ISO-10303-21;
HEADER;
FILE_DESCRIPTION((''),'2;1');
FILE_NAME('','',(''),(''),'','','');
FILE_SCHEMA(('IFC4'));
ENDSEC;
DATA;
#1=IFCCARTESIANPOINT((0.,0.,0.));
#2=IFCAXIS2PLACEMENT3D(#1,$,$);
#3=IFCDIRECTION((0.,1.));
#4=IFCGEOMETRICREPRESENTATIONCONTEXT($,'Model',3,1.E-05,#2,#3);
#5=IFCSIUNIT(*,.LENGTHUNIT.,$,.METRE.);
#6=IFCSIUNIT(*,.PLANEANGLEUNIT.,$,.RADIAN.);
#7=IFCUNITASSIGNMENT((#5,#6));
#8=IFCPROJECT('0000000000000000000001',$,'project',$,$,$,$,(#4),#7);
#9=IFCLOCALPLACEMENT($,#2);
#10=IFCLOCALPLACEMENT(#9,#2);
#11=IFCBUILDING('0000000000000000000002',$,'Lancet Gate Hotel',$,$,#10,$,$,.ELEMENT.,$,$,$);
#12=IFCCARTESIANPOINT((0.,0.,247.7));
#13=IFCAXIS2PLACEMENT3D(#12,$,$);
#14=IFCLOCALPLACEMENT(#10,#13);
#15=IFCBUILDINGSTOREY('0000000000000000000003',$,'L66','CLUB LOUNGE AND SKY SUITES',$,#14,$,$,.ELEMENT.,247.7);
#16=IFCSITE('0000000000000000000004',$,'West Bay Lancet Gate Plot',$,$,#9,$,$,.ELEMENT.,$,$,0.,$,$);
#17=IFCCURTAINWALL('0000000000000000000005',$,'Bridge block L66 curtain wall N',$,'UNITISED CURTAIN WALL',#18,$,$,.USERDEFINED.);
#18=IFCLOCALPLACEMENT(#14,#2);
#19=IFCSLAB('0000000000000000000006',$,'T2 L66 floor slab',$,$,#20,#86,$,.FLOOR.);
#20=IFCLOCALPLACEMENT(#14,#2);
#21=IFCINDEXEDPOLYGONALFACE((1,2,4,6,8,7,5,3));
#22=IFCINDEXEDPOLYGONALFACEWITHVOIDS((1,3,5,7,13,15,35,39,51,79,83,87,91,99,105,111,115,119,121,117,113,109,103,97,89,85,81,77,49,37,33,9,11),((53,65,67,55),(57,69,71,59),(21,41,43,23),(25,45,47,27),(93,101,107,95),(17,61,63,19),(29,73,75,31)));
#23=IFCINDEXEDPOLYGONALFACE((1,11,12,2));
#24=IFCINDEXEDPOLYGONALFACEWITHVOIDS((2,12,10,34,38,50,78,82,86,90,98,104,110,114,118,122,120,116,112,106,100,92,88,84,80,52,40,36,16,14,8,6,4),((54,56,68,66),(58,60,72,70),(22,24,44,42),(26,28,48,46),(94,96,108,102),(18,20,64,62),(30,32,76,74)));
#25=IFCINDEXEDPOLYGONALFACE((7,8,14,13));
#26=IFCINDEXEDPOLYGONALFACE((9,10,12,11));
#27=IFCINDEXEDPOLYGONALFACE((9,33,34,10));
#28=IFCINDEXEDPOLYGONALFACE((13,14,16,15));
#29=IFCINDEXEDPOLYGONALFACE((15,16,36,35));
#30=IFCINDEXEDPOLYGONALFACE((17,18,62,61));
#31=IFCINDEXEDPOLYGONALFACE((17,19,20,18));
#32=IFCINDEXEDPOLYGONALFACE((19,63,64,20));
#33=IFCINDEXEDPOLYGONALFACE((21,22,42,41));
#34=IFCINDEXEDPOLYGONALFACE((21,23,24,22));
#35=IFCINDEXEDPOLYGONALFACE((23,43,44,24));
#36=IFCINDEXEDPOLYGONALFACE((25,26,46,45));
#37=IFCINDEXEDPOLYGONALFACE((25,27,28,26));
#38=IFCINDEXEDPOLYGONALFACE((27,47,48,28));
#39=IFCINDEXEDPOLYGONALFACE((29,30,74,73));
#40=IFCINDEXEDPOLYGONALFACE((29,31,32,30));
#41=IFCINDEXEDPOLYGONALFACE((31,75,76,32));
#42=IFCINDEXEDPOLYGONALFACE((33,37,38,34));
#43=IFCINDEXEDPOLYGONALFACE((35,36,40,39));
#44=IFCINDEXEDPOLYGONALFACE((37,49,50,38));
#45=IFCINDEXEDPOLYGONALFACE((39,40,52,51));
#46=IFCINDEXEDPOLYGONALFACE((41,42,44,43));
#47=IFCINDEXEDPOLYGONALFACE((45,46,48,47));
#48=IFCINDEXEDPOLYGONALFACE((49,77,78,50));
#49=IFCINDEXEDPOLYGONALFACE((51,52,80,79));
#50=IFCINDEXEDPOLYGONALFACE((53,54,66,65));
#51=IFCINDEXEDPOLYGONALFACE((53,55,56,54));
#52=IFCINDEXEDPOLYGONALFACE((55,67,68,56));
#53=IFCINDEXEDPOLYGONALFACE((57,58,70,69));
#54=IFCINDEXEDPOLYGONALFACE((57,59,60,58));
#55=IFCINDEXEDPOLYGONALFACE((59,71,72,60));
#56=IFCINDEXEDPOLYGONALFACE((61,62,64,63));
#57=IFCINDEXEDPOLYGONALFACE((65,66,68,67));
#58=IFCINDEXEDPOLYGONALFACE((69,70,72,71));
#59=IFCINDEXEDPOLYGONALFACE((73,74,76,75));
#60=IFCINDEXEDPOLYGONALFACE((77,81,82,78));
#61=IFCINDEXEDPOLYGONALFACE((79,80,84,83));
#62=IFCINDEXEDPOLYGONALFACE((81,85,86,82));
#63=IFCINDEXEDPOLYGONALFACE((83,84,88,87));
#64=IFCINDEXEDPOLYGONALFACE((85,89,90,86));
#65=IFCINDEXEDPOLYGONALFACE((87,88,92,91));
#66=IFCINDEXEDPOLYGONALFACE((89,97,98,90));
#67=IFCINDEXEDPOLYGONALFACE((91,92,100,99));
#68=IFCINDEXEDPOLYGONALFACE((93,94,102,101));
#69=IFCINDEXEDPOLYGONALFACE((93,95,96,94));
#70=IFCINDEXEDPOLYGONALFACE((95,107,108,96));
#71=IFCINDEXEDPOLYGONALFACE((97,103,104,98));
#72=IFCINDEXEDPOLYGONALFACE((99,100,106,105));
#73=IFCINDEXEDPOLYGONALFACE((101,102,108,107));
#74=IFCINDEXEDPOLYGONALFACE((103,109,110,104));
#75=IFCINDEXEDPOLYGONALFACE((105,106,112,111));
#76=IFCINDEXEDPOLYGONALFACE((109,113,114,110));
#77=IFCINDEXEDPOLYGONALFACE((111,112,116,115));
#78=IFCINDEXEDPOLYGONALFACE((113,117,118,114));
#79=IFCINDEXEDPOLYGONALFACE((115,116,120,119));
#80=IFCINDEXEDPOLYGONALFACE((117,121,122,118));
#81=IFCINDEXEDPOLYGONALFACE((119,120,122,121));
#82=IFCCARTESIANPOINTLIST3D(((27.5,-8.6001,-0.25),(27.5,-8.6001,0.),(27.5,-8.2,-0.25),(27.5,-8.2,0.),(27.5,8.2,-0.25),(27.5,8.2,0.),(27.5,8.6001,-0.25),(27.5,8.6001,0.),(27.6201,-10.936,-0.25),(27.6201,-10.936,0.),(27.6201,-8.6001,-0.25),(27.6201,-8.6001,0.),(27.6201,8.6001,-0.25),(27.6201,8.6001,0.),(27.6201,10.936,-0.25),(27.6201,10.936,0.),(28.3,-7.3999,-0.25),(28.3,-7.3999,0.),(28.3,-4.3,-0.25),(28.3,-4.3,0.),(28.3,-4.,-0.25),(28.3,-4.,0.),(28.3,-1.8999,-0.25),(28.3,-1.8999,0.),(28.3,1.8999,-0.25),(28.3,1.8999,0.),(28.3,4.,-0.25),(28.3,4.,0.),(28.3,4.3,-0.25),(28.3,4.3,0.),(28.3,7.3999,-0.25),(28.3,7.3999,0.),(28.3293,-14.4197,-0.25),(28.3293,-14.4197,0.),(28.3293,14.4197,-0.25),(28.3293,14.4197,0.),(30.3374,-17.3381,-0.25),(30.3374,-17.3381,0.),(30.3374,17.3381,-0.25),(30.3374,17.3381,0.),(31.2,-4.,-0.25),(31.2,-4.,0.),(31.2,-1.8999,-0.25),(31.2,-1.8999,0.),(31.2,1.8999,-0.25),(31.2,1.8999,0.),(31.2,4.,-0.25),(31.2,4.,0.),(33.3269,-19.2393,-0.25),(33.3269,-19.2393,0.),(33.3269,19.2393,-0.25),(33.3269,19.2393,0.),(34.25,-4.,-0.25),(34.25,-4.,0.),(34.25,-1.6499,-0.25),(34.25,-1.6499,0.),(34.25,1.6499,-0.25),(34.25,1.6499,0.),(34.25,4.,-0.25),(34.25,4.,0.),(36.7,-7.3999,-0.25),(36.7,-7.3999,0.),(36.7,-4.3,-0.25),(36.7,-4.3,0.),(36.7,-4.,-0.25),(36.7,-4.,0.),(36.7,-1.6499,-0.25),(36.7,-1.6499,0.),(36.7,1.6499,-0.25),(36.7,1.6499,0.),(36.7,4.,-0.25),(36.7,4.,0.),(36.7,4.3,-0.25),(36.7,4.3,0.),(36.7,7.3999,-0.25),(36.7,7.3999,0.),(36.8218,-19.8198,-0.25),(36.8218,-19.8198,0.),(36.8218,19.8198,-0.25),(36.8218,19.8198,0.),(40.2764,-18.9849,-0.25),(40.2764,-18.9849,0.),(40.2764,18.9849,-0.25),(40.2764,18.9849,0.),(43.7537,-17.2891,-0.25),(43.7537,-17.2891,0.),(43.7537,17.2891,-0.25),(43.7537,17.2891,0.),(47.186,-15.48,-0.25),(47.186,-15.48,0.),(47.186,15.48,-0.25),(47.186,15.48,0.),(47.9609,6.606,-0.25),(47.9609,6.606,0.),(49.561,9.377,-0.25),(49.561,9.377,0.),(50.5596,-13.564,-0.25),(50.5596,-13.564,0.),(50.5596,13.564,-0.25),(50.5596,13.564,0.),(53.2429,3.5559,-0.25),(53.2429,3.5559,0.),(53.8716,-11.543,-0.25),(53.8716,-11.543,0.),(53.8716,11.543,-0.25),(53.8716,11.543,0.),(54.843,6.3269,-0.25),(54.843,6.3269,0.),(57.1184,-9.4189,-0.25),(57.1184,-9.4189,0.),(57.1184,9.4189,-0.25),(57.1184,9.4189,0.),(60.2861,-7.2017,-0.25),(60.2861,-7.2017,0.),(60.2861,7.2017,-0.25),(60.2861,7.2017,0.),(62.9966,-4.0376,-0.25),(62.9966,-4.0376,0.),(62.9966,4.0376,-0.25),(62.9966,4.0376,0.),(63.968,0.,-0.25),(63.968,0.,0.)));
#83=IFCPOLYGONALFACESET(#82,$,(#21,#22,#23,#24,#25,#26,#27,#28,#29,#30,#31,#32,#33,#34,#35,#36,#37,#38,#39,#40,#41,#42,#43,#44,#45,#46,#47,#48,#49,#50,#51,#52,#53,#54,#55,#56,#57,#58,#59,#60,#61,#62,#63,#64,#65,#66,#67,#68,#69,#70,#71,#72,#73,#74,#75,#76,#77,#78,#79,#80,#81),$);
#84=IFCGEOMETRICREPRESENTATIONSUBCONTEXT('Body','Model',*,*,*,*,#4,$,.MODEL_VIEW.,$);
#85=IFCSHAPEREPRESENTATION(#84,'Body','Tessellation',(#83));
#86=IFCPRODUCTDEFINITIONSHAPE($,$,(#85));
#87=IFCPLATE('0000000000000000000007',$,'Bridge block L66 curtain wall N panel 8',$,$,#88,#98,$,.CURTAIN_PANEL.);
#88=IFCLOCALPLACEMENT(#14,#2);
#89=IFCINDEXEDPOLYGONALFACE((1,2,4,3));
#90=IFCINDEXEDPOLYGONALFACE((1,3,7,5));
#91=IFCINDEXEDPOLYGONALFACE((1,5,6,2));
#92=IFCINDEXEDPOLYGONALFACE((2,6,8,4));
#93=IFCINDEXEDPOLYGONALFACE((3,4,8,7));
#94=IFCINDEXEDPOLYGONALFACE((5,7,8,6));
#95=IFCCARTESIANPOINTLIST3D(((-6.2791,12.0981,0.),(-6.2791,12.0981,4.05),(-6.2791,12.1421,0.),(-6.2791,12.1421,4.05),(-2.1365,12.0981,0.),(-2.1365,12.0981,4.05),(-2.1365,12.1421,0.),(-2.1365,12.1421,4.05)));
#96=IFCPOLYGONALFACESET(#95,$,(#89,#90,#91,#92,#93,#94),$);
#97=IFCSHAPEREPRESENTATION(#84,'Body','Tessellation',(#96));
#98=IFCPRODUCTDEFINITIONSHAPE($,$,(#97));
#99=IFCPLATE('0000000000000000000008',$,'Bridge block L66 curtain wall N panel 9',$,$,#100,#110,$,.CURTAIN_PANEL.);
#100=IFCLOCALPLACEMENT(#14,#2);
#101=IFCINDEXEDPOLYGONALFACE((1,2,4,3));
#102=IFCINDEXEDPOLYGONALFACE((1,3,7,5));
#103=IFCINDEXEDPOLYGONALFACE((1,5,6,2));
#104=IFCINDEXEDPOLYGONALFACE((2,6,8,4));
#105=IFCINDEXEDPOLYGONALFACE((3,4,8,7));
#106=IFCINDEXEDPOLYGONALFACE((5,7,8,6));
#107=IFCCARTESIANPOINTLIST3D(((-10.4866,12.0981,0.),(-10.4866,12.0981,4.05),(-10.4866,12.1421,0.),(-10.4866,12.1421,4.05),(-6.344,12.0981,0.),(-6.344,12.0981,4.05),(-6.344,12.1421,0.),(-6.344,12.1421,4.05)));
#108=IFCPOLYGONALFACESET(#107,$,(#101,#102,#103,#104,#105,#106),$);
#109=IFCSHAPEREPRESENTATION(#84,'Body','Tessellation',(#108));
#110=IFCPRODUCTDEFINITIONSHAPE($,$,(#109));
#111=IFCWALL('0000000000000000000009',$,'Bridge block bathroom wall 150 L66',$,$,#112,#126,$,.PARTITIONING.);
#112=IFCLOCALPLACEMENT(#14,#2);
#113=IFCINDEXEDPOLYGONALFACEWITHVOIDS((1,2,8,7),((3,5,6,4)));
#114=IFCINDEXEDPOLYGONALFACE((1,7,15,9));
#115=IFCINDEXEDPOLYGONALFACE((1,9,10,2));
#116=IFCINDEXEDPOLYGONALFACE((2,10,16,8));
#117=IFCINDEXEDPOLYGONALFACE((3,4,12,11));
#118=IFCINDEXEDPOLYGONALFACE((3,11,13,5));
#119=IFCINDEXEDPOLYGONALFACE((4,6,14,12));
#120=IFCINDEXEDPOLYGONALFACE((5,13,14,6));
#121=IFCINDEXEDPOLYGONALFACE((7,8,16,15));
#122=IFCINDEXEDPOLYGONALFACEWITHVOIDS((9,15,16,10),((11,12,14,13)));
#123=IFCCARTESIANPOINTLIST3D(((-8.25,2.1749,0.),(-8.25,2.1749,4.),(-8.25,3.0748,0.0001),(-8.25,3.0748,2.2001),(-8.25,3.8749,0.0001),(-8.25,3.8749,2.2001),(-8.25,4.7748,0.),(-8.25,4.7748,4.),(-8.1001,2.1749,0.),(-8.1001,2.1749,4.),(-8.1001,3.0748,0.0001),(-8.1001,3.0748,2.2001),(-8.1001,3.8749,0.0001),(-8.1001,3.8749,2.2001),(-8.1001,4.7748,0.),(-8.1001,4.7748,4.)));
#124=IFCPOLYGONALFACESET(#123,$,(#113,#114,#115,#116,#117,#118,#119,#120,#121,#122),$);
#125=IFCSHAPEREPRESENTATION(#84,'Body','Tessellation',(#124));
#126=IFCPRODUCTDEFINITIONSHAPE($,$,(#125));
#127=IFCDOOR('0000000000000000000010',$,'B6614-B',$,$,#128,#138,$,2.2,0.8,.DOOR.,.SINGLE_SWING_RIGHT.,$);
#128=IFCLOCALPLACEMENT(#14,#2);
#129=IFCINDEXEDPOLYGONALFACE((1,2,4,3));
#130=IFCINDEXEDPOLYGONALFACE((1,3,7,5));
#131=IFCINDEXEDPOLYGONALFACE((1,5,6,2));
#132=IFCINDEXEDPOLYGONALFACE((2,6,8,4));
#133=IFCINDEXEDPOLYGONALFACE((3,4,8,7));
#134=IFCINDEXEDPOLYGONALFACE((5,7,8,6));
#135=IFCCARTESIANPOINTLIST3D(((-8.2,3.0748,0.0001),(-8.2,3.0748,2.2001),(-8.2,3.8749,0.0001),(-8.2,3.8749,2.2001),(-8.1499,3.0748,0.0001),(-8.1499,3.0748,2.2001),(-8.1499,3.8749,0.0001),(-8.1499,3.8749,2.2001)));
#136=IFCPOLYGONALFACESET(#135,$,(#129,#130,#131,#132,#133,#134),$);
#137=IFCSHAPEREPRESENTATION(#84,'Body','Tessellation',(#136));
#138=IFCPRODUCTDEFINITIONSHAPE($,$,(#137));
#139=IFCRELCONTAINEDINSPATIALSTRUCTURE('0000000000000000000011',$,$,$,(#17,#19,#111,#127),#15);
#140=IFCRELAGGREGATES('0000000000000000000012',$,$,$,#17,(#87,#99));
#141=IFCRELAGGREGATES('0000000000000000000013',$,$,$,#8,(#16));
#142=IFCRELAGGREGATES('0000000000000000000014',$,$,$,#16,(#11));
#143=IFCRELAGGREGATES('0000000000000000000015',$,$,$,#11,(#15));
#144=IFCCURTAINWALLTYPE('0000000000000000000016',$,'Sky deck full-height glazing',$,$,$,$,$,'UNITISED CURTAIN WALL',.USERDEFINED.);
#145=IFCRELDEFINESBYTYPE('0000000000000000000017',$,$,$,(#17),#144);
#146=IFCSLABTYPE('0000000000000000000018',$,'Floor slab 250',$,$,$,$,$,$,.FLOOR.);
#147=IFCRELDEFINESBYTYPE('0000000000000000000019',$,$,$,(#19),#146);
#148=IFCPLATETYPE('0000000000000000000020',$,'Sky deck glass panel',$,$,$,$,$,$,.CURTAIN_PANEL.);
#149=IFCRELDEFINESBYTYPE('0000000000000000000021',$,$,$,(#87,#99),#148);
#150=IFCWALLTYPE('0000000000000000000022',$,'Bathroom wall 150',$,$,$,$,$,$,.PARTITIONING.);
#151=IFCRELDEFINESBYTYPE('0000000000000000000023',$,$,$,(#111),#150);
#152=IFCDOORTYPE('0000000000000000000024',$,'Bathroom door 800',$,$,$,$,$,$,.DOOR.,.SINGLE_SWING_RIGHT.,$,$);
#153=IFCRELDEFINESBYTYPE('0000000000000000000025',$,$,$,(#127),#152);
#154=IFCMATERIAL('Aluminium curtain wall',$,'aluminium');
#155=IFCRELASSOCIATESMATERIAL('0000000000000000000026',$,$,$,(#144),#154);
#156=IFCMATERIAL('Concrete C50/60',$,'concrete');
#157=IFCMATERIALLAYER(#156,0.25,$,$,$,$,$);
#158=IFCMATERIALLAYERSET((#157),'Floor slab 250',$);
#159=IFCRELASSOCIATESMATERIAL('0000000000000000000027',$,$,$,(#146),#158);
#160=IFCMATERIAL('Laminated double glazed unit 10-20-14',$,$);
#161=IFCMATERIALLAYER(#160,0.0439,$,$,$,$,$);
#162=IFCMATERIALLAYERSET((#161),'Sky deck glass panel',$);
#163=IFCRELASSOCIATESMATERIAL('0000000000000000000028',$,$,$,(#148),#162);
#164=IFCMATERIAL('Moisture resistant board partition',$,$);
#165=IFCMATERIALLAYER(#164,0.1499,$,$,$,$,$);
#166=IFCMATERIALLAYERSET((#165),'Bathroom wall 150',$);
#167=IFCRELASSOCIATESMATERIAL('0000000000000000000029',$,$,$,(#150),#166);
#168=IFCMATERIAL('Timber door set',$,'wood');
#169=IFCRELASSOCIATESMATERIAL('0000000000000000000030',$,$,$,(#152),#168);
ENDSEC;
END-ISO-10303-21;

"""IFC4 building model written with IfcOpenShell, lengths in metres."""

from ifc_helpers import new_model, si_unit, direction, frame, frame_2d, origin, origin_2d, place, context, subcontext, project, spatial, polyline, rectangle, outline, extrude, material, layer, layer_set, type_object, element, fill, aggregate, save


model = new_model("IFC4")

# Units and contexts
model_context = context("Model", 3, precision=1e-05, world=origin(), true_north=direction((0.0, 1.0)))
body_context = subcontext(model_context, "Body", "Model", "MODEL_VIEW")
ifc_project = project(units=[si_unit("LENGTHUNIT", "METRE"), si_unit("PLANEANGLEUNIT", "RADIAN")], contexts=[model_context])

# Site, building, storey
site_placement = place(None, origin())
site = spatial("IfcSite", under=ifc_project, at=site_placement, Name="West Bay Lancet Gate Plot", CompositionType="ELEMENT", RefElevation=0.0)
building_placement = place(site_placement, origin())
building = spatial("IfcBuilding", under=site, at=building_placement, Name="Lancet Gate Hotel", CompositionType="ELEMENT")
storey_placement = place(building_placement, frame((0.0, 0.0, 247.7)))
storey = spatial("IfcBuildingStorey", under=building, at=storey_placement, Name="L66", Description="CLUB LOUNGE AND SKY SUITES", CompositionType="ELEMENT", Elevation=247.7)

# Curtain wall
ifc_material_1 = material(Name="Aluminium curtain wall", Category="aluminium")
curtain_wall_type = type_object("IfcCurtainWallType", Name="Sky deck full-height glazing", ElementType="UNITISED CURTAIN WALL", PredefinedType="USERDEFINED", material=ifc_material_1)
curtain_wall_placement = place(storey_placement, origin())
curtain_wall = element("IfcCurtainWall", 1, at=curtain_wall_placement, inside=storey, type_object=curtain_wall_type, Name="Bridge block L66 curtain wall N", ObjectType="UNITISED CURTAIN WALL", PredefinedType="USERDEFINED")

# Slab
ifc_material_2 = material(Name="Concrete C50/60", Category="concrete")
ifc_layer_1 = layer(ifc_material_2, 0.25)
ifc_layer_set_1 = layer_set([ifc_layer_1], Name="Floor slab 250")
slab_type_1 = type_object("IfcSlabType", Name="Floor slab 250", PredefinedType="FLOOR", material=ifc_layer_set_1)
slab_1_placement = place(storey_placement, frame((0.0, 0.0, -0.25)))
element("IfcSlab", 2, at=slab_1_placement, inside=storey, type_object=slab_type_1, Name="T2 L66 floor slab", PredefinedType="FLOOR", context=body_context, shape_type="SweptSolid", body=[
    extrude(outline(polyline([(27.5, -8.6001), (27.6201, -8.6001), (27.6201, -10.936), (28.3293, -14.4197), (30.3374, -17.3381), (33.3269, -19.2393), (36.8218, -19.8198), (40.2764, -18.9849), (43.7537, -17.2891), (47.186, -15.48), (50.5596, -13.564), (53.8716, -11.543), (57.1184, -9.4189), (60.2861, -7.2017), (62.9966, -4.0376), (63.968, 0.0), (62.9966, 4.0376), (60.2861, 7.2017), (57.1184, 9.4189), (53.8716, 11.543), (50.5596, 13.564), (47.186, 15.48), (43.7537, 17.2891), (40.2764, 18.9849), (36.8218, 19.8198), (33.3269, 19.2393), (30.3374, 17.3381), (28.3293, 14.4197), (27.6201, 10.936), (27.6201, 8.6001), (27.5, 8.6001), (27.5, 8.2), (27.5, -8.2), (27.5, -8.6001)]), holes=[polyline([(36.7, -7.3999), (36.7, -4.3), (28.3, -4.3), (28.3, -7.3999), (36.7, -7.3999)]), polyline([(28.3, -4.0), (31.2, -4.0), (31.2, -1.8999), (28.3, -1.8999), (28.3, -4.0)]), polyline([(34.25, -4.0), (36.7, -4.0), (36.7, -1.6499), (34.25, -1.6499), (34.25, -4.0)]), polyline([(36.7, 1.6499), (36.7, 4.0), (34.25, 4.0), (34.25, 1.6499), (36.7, 1.6499)]), polyline([(28.3, 1.8999), (31.2, 1.8999), (31.2, 4.0), (28.3, 4.0), (28.3, 1.8999)]), polyline([(28.3, 4.3), (36.7, 4.3), (36.7, 7.3999), (28.3, 7.3999), (28.3, 4.3)]), polyline([(53.2429, 3.5559), (54.843, 6.3269), (49.561, 9.377), (47.9609, 6.606), (53.2429, 3.5559)])]), origin(), (0.0, 0.0, 1.0), 0.25),
])

# Plates
ifc_material_3 = material(Name="Laminated double glazed unit 10-20-14")
ifc_layer_2 = layer(ifc_material_3, 0.0439)
ifc_layer_set_2 = layer_set([ifc_layer_2], Name="Sky deck glass panel")
plate_type = type_object("IfcPlateType", Name="Sky deck glass panel", PredefinedType="CURTAIN_PANEL", material=ifc_layer_set_2)
plate_1_placement = place(storey_placement, frame((-4.2078, 12.1201, 0.0), z_axis=(0.0, 0.0, 1.0), x_axis=(-1.0, 0.0, 0.0)))
plate_1 = element("IfcPlate", 3, at=plate_1_placement, type_object=plate_type, Name="Bridge block L66 curtain wall N panel 8", PredefinedType="CURTAIN_PANEL", context=body_context, shape_type="SweptSolid", body=[
    extrude(rectangle(XDim=4.1426, YDim=0.0439, at=origin_2d()), origin(), (0.0, 0.0, 1.0), 4.05),
])
plate_2_placement = place(storey_placement, frame((-8.4153, 12.1201, 0.0), z_axis=(0.0, 0.0, 1.0), x_axis=(-1.0, 0.0, 0.0)))
plate_2 = element("IfcPlate", 4, at=plate_2_placement, type_object=plate_type, Name="Bridge block L66 curtain wall N panel 9", PredefinedType="CURTAIN_PANEL", context=body_context, shape_type="SweptSolid", body=[
    extrude(rectangle(XDim=4.1426, YDim=0.0439, at=origin_2d()), origin(), (0.0, 0.0, 1.0), 4.05),
])
aggregate(curtain_wall, [plate_1, plate_2])

# Wall, opening, door
ifc_material_4 = material(Name="Moisture resistant board partition")
ifc_layer_3 = layer(ifc_material_4, 0.1499)
ifc_layer_set_3 = layer_set([ifc_layer_3], Name="Bathroom wall 150")
wall_type = type_object("IfcWallType", Name="Bathroom wall 150", PredefinedType="PARTITIONING", material=ifc_layer_set_3)
wall_placement = place(storey_placement, frame((-8.175, 2.175, 0.0), z_axis=(0.0, 0.0, 1.0), x_axis=(0.0, 1.0, 0.0)))
wall = element("IfcWall", 5, at=wall_placement, inside=storey, type_object=wall_type, Name="Bridge block bathroom wall 150 L66", PredefinedType="PARTITIONING", context=body_context, shape_type="SweptSolid", body=[
    extrude(rectangle(XDim=2.5999, YDim=0.1499, at=frame_2d((1.2998, 0.0))), origin(), (0.0, 0.0, 1.0), 4.0),
])
opening_placement = place(wall_placement, frame((0.8999, 0.0, 0.0)))
opening = element("IfcOpeningElement", 6, at=opening_placement, cuts=wall, PredefinedType="OPENING", context=body_context, shape_type="SweptSolid", body=[
    extrude(rectangle(XDim=0.8, YDim=2.2, at=frame_2d((0.3999, 1.1001))), frame((0.0, 0.085, 0.0), z_axis=(0.0, -1.0, 0.0), x_axis=(1.0, 0.0, 0.0)), (0.0, 0.0, 1.0), 0.1699),
])
ifc_material_5 = material(Name="Timber door set", Category="wood")
door_type = type_object("IfcDoorType", Name="Bathroom door 800", OperationType="SINGLE_SWING_RIGHT", PredefinedType="DOOR", material=ifc_material_5)
door_placement = place(opening_placement, origin())
door = element("IfcDoor", 7, at=door_placement, inside=storey, type_object=door_type, Name="B6614-B", OperationType="SINGLE_SWING_RIGHT", OverallHeight=2.2, OverallWidth=0.8, PredefinedType="DOOR", context=body_context, shape_type="SweptSolid", body=[
    extrude(rectangle(XDim=0.8, YDim=2.2, at=frame_2d((0.3999, 1.1001))), frame((0.0, 0.0249, 0.0), z_axis=(0.0, -1.0, 0.0), x_axis=(1.0, 0.0, 0.0)), (0.0, 0.0, 1.0), 0.05),
])
fill(opening, door)

save(model, "model.ifc")
